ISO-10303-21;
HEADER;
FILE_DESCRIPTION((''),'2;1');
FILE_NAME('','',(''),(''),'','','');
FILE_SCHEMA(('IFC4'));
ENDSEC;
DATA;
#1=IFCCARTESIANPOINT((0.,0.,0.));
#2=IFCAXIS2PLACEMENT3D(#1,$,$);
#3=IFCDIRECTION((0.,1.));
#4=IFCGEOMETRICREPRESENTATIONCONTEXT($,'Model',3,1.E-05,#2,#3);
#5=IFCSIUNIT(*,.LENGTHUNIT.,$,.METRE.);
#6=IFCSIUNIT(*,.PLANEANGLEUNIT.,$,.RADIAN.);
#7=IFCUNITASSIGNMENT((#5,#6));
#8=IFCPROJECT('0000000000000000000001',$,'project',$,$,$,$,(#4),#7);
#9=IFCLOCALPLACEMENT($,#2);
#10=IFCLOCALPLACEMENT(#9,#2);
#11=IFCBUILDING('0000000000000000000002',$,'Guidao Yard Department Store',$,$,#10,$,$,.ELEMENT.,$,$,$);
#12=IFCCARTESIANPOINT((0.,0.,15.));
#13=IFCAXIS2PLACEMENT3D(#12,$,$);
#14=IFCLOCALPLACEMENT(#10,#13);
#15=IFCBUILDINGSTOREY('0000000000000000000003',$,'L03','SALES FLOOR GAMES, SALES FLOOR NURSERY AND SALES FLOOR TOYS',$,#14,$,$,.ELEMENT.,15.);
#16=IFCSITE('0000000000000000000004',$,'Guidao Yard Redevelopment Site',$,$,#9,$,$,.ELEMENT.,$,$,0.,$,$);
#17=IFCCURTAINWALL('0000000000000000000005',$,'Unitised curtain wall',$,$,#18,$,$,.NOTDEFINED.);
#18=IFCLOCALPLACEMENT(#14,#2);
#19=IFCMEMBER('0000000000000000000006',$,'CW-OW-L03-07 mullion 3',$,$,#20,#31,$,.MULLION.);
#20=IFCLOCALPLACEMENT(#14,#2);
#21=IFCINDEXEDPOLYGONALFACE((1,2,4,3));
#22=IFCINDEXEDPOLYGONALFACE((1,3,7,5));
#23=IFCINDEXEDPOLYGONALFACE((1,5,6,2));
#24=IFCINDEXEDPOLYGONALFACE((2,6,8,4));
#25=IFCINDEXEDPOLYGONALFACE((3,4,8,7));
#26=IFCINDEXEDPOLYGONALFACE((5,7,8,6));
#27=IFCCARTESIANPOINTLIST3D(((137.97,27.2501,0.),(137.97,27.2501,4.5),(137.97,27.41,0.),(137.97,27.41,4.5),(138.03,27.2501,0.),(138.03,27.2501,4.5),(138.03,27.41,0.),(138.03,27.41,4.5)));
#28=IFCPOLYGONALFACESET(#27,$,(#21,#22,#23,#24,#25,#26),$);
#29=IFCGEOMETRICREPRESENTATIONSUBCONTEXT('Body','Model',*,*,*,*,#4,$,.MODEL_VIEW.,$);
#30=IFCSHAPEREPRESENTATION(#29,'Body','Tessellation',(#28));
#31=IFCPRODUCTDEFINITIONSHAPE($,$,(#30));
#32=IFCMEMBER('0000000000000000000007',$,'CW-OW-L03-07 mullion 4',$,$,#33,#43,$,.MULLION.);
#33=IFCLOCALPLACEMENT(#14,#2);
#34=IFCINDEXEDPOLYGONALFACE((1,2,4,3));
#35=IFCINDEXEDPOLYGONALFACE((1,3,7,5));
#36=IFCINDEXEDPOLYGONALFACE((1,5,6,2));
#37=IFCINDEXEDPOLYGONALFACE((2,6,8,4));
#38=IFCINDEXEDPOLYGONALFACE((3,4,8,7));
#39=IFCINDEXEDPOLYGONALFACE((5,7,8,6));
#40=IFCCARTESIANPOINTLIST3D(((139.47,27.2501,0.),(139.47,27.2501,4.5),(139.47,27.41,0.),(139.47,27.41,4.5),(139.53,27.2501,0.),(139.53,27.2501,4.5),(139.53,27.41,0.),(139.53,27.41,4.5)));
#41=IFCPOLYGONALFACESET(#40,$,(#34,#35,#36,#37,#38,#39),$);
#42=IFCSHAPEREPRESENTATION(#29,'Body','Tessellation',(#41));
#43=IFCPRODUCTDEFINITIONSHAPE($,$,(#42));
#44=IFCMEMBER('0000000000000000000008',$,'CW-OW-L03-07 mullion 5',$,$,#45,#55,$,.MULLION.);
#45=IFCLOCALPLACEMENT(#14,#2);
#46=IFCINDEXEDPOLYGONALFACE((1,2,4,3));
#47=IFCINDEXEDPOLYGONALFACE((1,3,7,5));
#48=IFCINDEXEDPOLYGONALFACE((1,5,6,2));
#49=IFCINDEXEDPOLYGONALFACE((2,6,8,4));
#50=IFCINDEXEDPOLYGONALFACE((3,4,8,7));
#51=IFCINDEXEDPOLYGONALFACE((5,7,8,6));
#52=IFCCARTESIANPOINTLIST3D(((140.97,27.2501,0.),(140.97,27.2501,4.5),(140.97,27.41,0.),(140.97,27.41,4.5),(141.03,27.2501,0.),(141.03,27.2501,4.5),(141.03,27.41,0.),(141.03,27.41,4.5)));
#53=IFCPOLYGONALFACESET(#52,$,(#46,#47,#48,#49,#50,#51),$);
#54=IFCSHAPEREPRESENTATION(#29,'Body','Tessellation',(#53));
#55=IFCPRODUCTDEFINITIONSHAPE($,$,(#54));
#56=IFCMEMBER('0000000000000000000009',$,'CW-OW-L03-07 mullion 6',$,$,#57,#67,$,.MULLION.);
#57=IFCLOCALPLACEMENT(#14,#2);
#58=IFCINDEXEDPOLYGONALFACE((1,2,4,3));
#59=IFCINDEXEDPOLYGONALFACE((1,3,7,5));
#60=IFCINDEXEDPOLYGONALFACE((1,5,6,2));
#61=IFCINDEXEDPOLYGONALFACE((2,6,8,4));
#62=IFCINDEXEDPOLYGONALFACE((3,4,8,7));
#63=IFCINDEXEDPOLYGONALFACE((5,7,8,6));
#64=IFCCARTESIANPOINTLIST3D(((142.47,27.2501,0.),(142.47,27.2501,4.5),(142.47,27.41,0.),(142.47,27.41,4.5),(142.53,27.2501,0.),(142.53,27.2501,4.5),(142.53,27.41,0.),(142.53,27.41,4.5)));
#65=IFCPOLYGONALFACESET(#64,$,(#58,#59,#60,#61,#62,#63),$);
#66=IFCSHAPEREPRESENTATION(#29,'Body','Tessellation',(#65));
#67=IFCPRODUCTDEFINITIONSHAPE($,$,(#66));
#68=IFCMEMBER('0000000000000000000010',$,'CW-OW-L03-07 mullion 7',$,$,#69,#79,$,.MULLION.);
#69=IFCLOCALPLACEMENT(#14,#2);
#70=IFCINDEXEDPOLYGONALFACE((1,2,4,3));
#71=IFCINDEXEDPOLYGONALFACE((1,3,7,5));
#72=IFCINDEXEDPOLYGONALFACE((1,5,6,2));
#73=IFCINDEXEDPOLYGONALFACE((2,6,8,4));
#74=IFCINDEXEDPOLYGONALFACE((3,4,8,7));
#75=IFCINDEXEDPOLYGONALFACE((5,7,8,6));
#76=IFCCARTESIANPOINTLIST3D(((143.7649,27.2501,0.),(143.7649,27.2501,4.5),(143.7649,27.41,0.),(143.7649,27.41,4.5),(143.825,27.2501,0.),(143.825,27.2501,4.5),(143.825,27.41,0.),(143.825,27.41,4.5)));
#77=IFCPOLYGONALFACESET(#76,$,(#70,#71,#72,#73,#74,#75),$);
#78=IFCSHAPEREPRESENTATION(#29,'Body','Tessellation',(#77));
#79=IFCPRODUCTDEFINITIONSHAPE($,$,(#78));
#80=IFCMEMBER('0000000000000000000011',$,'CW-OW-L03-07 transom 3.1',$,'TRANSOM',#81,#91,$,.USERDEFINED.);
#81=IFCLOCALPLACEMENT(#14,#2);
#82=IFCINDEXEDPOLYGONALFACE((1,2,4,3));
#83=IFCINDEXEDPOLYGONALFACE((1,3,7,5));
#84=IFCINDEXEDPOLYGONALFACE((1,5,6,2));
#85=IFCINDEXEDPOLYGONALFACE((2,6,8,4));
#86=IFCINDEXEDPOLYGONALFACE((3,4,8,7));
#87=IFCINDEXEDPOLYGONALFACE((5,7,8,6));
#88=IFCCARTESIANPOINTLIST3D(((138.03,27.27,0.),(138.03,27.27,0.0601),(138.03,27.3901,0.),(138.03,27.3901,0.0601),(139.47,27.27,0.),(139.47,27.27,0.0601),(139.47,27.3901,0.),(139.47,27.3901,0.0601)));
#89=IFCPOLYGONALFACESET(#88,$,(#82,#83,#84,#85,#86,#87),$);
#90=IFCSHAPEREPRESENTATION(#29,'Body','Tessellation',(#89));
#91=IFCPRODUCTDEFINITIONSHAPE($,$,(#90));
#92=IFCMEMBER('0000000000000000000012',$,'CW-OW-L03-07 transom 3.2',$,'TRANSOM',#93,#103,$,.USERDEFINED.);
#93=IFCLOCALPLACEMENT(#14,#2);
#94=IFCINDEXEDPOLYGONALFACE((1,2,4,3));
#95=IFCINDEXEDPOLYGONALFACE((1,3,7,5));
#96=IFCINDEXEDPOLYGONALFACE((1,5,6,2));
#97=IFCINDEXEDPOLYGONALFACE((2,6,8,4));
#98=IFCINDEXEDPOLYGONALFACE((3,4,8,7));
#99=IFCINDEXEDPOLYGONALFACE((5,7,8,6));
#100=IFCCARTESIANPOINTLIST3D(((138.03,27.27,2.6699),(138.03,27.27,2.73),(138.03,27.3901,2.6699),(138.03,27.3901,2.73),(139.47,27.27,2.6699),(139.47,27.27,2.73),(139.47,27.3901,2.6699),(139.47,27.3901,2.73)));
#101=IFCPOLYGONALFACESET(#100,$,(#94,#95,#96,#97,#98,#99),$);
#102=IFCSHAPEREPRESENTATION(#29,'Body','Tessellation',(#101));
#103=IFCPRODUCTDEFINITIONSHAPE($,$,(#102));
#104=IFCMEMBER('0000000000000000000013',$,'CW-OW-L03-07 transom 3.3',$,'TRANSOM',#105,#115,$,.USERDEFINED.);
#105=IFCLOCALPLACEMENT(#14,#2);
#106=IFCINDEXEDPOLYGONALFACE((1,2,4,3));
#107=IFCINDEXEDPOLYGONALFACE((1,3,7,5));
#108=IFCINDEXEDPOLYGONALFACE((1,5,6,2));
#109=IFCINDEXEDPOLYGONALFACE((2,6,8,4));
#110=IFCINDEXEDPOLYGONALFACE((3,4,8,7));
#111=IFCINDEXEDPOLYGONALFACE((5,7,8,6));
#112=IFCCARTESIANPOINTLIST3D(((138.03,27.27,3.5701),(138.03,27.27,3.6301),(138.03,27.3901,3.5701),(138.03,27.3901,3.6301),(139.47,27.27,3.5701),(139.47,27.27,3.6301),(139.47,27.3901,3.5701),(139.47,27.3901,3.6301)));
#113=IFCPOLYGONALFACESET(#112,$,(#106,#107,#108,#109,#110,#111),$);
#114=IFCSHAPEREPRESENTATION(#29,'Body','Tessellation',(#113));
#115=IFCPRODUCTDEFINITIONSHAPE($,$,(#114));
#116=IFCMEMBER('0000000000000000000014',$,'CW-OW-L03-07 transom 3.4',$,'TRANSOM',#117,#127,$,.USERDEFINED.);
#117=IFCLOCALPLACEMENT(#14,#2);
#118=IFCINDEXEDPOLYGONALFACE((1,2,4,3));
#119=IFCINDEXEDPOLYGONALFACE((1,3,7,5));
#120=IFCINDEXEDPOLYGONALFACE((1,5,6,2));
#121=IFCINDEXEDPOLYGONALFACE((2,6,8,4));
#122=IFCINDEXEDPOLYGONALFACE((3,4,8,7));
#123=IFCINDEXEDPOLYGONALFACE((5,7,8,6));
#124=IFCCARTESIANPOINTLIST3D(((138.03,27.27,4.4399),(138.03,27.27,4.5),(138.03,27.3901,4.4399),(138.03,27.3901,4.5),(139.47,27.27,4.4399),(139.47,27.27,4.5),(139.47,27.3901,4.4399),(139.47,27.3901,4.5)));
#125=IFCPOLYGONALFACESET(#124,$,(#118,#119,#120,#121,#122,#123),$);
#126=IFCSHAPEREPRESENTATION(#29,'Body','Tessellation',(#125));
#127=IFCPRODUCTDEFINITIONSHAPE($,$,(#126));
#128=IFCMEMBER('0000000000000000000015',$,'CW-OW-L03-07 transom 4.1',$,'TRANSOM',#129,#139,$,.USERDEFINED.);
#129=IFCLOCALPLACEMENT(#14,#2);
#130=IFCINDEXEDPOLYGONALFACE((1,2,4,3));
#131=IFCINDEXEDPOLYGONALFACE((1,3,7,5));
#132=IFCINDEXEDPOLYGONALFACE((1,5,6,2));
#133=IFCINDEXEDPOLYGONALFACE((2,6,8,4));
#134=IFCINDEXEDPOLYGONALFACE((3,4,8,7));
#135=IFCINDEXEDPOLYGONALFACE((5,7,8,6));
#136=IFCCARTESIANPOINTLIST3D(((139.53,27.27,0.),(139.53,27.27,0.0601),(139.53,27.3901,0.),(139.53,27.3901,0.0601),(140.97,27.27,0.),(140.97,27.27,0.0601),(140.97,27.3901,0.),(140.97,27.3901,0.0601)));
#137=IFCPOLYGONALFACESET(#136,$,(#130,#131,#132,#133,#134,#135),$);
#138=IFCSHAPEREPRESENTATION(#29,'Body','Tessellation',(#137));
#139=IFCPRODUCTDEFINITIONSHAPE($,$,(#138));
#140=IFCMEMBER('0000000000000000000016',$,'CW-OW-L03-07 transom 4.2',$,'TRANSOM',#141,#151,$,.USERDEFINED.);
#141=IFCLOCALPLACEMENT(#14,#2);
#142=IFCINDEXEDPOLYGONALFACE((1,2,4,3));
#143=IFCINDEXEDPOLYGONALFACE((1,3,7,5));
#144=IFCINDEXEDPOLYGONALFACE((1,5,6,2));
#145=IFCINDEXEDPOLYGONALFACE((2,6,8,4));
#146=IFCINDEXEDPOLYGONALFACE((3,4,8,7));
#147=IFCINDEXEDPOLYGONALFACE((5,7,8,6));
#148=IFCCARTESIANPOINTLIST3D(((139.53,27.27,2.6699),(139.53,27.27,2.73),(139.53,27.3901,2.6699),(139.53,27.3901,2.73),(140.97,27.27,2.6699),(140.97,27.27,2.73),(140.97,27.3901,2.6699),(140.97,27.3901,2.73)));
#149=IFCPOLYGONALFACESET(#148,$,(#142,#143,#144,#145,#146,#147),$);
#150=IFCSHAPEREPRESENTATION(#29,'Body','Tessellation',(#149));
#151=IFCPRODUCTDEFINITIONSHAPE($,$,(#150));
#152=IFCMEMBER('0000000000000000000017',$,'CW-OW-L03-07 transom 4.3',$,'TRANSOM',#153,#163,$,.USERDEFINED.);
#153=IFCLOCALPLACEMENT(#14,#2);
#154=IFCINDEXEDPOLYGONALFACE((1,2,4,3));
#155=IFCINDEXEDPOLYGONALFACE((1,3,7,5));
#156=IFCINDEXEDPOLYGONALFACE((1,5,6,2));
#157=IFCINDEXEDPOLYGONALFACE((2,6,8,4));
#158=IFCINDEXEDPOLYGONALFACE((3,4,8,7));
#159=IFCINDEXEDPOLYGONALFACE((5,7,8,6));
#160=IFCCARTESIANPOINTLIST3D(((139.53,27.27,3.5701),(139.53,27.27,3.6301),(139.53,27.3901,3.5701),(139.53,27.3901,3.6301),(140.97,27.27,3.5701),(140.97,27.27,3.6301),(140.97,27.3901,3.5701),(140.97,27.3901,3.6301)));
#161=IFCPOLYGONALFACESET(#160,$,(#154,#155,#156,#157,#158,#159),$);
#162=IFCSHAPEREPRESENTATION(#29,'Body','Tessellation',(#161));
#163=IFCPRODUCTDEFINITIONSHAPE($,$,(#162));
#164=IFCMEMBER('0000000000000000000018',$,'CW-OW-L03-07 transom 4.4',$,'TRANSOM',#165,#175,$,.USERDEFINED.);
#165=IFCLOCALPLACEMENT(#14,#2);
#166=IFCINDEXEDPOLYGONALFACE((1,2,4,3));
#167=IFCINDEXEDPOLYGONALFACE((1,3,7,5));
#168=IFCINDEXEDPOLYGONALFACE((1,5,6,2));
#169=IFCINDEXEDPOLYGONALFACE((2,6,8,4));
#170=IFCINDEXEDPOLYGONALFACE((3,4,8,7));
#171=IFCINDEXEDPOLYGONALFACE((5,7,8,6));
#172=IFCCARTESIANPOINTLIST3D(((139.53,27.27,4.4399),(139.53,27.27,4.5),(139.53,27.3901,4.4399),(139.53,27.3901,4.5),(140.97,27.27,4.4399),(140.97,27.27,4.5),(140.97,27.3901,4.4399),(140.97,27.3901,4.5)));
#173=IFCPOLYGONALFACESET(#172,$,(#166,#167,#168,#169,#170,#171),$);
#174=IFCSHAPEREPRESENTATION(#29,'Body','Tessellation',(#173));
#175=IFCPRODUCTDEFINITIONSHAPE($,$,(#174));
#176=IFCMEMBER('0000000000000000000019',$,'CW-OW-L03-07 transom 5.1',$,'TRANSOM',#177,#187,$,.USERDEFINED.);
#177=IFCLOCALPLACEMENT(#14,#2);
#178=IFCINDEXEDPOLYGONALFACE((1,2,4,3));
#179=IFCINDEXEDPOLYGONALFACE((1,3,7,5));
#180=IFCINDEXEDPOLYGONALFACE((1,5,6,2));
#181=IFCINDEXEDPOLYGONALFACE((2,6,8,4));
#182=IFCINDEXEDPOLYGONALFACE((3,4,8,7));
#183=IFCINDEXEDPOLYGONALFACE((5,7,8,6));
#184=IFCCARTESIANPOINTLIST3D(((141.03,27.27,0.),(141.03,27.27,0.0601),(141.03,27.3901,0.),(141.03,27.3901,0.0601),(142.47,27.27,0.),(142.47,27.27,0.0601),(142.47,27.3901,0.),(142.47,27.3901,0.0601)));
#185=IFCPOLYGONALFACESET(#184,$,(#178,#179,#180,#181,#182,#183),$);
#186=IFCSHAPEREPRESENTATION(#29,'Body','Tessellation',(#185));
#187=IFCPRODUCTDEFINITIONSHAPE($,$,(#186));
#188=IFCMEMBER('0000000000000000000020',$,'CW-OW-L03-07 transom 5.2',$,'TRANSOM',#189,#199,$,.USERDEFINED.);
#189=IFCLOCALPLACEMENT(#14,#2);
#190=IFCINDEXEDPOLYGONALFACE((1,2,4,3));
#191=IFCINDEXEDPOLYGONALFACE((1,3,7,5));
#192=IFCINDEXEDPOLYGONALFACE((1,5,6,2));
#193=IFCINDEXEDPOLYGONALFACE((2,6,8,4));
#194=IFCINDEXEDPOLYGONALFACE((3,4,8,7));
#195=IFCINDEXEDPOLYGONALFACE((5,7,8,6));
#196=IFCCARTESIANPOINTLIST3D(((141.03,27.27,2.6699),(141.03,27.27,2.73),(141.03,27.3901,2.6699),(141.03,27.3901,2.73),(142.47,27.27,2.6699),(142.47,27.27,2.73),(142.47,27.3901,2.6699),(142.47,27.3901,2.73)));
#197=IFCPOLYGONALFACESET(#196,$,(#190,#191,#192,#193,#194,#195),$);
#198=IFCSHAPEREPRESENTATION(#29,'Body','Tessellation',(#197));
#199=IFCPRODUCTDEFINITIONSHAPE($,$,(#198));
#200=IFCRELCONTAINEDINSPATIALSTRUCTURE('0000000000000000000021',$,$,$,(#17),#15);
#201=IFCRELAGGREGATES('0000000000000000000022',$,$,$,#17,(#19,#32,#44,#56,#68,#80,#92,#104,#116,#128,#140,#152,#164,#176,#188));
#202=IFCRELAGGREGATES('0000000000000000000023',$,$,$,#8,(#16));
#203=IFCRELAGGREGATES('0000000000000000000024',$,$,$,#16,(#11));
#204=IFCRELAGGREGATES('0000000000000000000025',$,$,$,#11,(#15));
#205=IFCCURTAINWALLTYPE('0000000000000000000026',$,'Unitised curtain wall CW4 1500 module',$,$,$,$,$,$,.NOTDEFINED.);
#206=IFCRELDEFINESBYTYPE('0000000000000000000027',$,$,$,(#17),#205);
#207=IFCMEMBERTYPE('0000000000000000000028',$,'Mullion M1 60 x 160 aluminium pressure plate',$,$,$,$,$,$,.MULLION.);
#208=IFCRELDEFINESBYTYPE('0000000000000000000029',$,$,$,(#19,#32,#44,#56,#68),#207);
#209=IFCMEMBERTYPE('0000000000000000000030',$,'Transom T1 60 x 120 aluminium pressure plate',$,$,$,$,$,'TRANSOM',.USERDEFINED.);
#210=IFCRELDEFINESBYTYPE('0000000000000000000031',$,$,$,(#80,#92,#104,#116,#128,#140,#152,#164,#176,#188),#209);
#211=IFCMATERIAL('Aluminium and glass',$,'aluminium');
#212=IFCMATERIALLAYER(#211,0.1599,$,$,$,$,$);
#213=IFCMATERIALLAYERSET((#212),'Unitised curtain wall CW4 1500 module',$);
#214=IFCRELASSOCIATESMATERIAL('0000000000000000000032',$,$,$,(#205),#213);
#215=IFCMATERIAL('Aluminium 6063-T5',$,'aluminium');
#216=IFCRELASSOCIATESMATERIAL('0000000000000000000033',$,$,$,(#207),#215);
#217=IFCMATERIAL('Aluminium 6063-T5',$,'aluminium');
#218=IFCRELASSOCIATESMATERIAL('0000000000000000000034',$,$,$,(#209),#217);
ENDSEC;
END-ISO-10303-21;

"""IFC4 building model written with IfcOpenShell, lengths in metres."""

from ifc_helpers import new_model, si_unit, direction, frame, origin, origin_2d, place, context, subcontext, project, spatial, rectangle, extrude, material, layer, layer_set, material_profile, profile_set, type_object, element, aggregate, save


model = new_model("IFC4")

# Units and contexts
model_context = context("Model", 3, precision=1e-05, world=origin(), true_north=direction((0.0, 1.0)))
body_context = subcontext(model_context, "Body", "Model", "MODEL_VIEW")
ifc_project = project(units=[si_unit("LENGTHUNIT", "METRE"), si_unit("PLANEANGLEUNIT", "RADIAN")], contexts=[model_context])

# Site, building, storey
site_placement = place(None, origin())
site = spatial("IfcSite", under=ifc_project, at=site_placement, Name="Guidao Yard Redevelopment Site", CompositionType="ELEMENT", RefElevation=0.0)
building_placement = place(site_placement, origin())
building = spatial("IfcBuilding", under=site, at=building_placement, Name="Guidao Yard Department Store", CompositionType="ELEMENT")
storey_placement = place(building_placement, frame((0.0, 0.0, 15.0)))
storey = spatial("IfcBuildingStorey", under=building, at=storey_placement, Name="L03", Description="SALES FLOOR GAMES, SALES FLOOR NURSERY AND SALES FLOOR TOYS", CompositionType="ELEMENT", Elevation=15.0)

# Curtain wall, members
ifc_material_1 = material(Name="Aluminium and glass", Category="aluminium")
ifc_layer_1 = layer(ifc_material_1, 0.1599)
ifc_layer_set_1 = layer_set([ifc_layer_1], Name="Unitised curtain wall CW4 1500 module")
curtain_wall_type = type_object("IfcCurtainWallType", Name="Unitised curtain wall CW4 1500 module", PredefinedType="NOTDEFINED", material=ifc_layer_set_1)
curtain_wall_placement = place(storey_placement, origin())
curtain_wall = element("IfcCurtainWall", 1, at=curtain_wall_placement, inside=storey, type_object=curtain_wall_type, Name="Unitised curtain wall", PredefinedType="NOTDEFINED")
ifc_material_2 = material(Name="Aluminium 6063-T5", Category="aluminium")
ifc_material_profile_1 = material_profile(ifc_material_2, rectangle(XDim=0.0601, YDim=0.1599, at=origin_2d()), Name="Mullion M1 60 x 160 aluminium pressure plate")
ifc_profile_set_1 = profile_set([ifc_material_profile_1], Name="Aluminium 6063-T5")
member_type_1 = type_object("IfcMemberType", Name="Mullion M1 60 x 160 aluminium pressure plate", PredefinedType="MULLION", material=ifc_profile_set_1)
member_1_placement = place(storey_placement, frame((138.0, 27.3301, 0.0), z_axis=(0.0, 0.0, 1.0), x_axis=(1.0, 0.0, 0.0)))
member_1 = element("IfcMember", 2, at=member_1_placement, type_object=member_type_1, Name="CW-OW-L03-07 mullion 3", PredefinedType="MULLION", context=body_context, shape_type="SweptSolid", body=[
    extrude(rectangle(XDim=0.0601, YDim=0.1599, at=origin_2d()), origin(), (0.0, 0.0, 1.0), 4.5),
])
member_2_placement = place(storey_placement, frame((139.5, 27.3301, 0.0), z_axis=(0.0, 0.0, 1.0), x_axis=(1.0, 0.0, 0.0)))
member_2 = element("IfcMember", 3, at=member_2_placement, type_object=member_type_1, Name="CW-OW-L03-07 mullion 4", PredefinedType="MULLION", context=body_context, shape_type="SweptSolid", body=[
    extrude(rectangle(XDim=0.0601, YDim=0.1599, at=origin_2d()), origin(), (0.0, 0.0, 1.0), 4.5),
])
member_3_placement = place(storey_placement, frame((141.0, 27.3301, 0.0), z_axis=(0.0, 0.0, 1.0), x_axis=(1.0, 0.0, 0.0)))
member_3 = element("IfcMember", 4, at=member_3_placement, type_object=member_type_1, Name="CW-OW-L03-07 mullion 5", PredefinedType="MULLION", context=body_context, shape_type="SweptSolid", body=[
    extrude(rectangle(XDim=0.0601, YDim=0.1599, at=origin_2d()), origin(), (0.0, 0.0, 1.0), 4.5),
])
member_4_placement = place(storey_placement, frame((142.5, 27.3301, 0.0), z_axis=(0.0, 0.0, 1.0), x_axis=(1.0, 0.0, 0.0)))
member_4 = element("IfcMember", 5, at=member_4_placement, type_object=member_type_1, Name="CW-OW-L03-07 mullion 6", PredefinedType="MULLION", context=body_context, shape_type="SweptSolid", body=[
    extrude(rectangle(XDim=0.0601, YDim=0.1599, at=origin_2d()), origin(), (0.0, 0.0, 1.0), 4.5),
])
member_5_placement = place(storey_placement, frame((143.7949, 27.3301, 0.0), z_axis=(0.0, 0.0, 1.0), x_axis=(1.0, 0.0, 0.0)))
member_5 = element("IfcMember", 6, at=member_5_placement, type_object=member_type_1, Name="CW-OW-L03-07 mullion 7", PredefinedType="MULLION", context=body_context, shape_type="SweptSolid", body=[
    extrude(rectangle(XDim=0.0601, YDim=0.1599, at=origin_2d()), origin(), (0.0, 0.0, 1.0), 4.5),
])
ifc_material_3 = material(Name="Aluminium 6063-T5", Category="aluminium")
ifc_material_profile_2 = material_profile(ifc_material_3, rectangle(XDim=0.1201, YDim=0.0601, at=origin_2d()), Name="Transom T1 60 x 120 aluminium pressure plate")
ifc_profile_set_2 = profile_set([ifc_material_profile_2], Name="Aluminium 6063-T5")
member_type_2 = type_object("IfcMemberType", Name="Transom T1 60 x 120 aluminium pressure plate", ElementType="TRANSOM", PredefinedType="USERDEFINED", material=ifc_profile_set_2)
member_6_placement = place(storey_placement, frame((138.03, 27.3301, 0.03), z_axis=(1.0, 0.0, 0.0), x_axis=(0.0, 1.0, 0.0)))
member_6 = element("IfcMember", 7, at=member_6_placement, type_object=member_type_2, Name="CW-OW-L03-07 transom 3.1", ObjectType="TRANSOM", PredefinedType="USERDEFINED", context=body_context, shape_type="SweptSolid", body=[
    extrude(rectangle(XDim=0.1201, YDim=0.0601, at=origin_2d()), origin(), (0.0, 0.0, 1.0), 1.4399),
])
member_7_placement = place(storey_placement, frame((138.03, 27.3301, 2.7), z_axis=(1.0, 0.0, 0.0), x_axis=(0.0, 1.0, 0.0)))
member_7 = element("IfcMember", 8, at=member_7_placement, type_object=member_type_2, Name="CW-OW-L03-07 transom 3.2", ObjectType="TRANSOM", PredefinedType="USERDEFINED", context=body_context, shape_type="SweptSolid", body=[
    extrude(rectangle(XDim=0.1201, YDim=0.0601, at=origin_2d()), origin(), (0.0, 0.0, 1.0), 1.4399),
])
member_8_placement = place(storey_placement, frame((138.03, 27.3301, 3.6001), z_axis=(1.0, 0.0, 0.0), x_axis=(0.0, 1.0, 0.0)))
member_8 = element("IfcMember", 9, at=member_8_placement, type_object=member_type_2, Name="CW-OW-L03-07 transom 3.3", ObjectType="TRANSOM", PredefinedType="USERDEFINED", context=body_context, shape_type="SweptSolid", body=[
    extrude(rectangle(XDim=0.1201, YDim=0.0601, at=origin_2d()), origin(), (0.0, 0.0, 1.0), 1.4399),
])
member_9_placement = place(storey_placement, frame((138.03, 27.3301, 4.47), z_axis=(1.0, 0.0, 0.0), x_axis=(0.0, 1.0, 0.0)))
member_9 = element("IfcMember", 10, at=member_9_placement, type_object=member_type_2, Name="CW-OW-L03-07 transom 3.4", ObjectType="TRANSOM", PredefinedType="USERDEFINED", context=body_context, shape_type="SweptSolid", body=[
    extrude(rectangle(XDim=0.1201, YDim=0.0601, at=origin_2d()), origin(), (0.0, 0.0, 1.0), 1.4399),
])
member_10_placement = place(storey_placement, frame((139.53, 27.3301, 0.03), z_axis=(1.0, 0.0, 0.0), x_axis=(0.0, 1.0, 0.0)))
member_10 = element("IfcMember", 11, at=member_10_placement, type_object=member_type_2, Name="CW-OW-L03-07 transom 4.1", ObjectType="TRANSOM", PredefinedType="USERDEFINED", context=body_context, shape_type="SweptSolid", body=[
    extrude(rectangle(XDim=0.1201, YDim=0.0601, at=origin_2d()), origin(), (0.0, 0.0, 1.0), 1.4399),
])
member_11_placement = place(storey_placement, frame((139.53, 27.3301, 2.7), z_axis=(1.0, 0.0, 0.0), x_axis=(0.0, 1.0, 0.0)))
member_11 = element("IfcMember", 12, at=member_11_placement, type_object=member_type_2, Name="CW-OW-L03-07 transom 4.2", ObjectType="TRANSOM", PredefinedType="USERDEFINED", context=body_context, shape_type="SweptSolid", body=[
    extrude(rectangle(XDim=0.1201, YDim=0.0601, at=origin_2d()), origin(), (0.0, 0.0, 1.0), 1.4399),
])
member_12_placement = place(storey_placement, frame((139.53, 27.3301, 3.6001), z_axis=(1.0, 0.0, 0.0), x_axis=(0.0, 1.0, 0.0)))
member_12 = element("IfcMember", 13, at=member_12_placement, type_object=member_type_2, Name="CW-OW-L03-07 transom 4.3", ObjectType="TRANSOM", PredefinedType="USERDEFINED", context=body_context, shape_type="SweptSolid", body=[
    extrude(rectangle(XDim=0.1201, YDim=0.0601, at=origin_2d()), origin(), (0.0, 0.0, 1.0), 1.4399),
])
member_13_placement = place(storey_placement, frame((139.53, 27.3301, 4.47), z_axis=(1.0, 0.0, 0.0), x_axis=(0.0, 1.0, 0.0)))
member_13 = element("IfcMember", 14, at=member_13_placement, type_object=member_type_2, Name="CW-OW-L03-07 transom 4.4", ObjectType="TRANSOM", PredefinedType="USERDEFINED", context=body_context, shape_type="SweptSolid", body=[
    extrude(rectangle(XDim=0.1201, YDim=0.0601, at=origin_2d()), origin(), (0.0, 0.0, 1.0), 1.4399),
])
member_14_placement = place(storey_placement, frame((141.03, 27.3301, 0.03), z_axis=(1.0, 0.0, 0.0), x_axis=(0.0, 1.0, 0.0)))
member_14 = element("IfcMember", 15, at=member_14_placement, type_object=member_type_2, Name="CW-OW-L03-07 transom 5.1", ObjectType="TRANSOM", PredefinedType="USERDEFINED", context=body_context, shape_type="SweptSolid", body=[
    extrude(rectangle(XDim=0.1201, YDim=0.0601, at=origin_2d()), origin(), (0.0, 0.0, 1.0), 1.4399),
])
member_15_placement = place(storey_placement, frame((141.03, 27.3301, 2.7), z_axis=(1.0, 0.0, 0.0), x_axis=(0.0, 1.0, 0.0)))
member_15 = element("IfcMember", 16, at=member_15_placement, type_object=member_type_2, Name="CW-OW-L03-07 transom 5.2", ObjectType="TRANSOM", PredefinedType="USERDEFINED", context=body_context, shape_type="SweptSolid", body=[
    extrude(rectangle(XDim=0.1201, YDim=0.0601, at=origin_2d()), origin(), (0.0, 0.0, 1.0), 1.4399),
])
aggregate(curtain_wall, [member_1, member_2, member_3, member_4, member_5, member_6, member_7, member_8, member_9, member_10, member_11, member_12, member_13, member_14, member_15])

save(model, "model.ifc")
